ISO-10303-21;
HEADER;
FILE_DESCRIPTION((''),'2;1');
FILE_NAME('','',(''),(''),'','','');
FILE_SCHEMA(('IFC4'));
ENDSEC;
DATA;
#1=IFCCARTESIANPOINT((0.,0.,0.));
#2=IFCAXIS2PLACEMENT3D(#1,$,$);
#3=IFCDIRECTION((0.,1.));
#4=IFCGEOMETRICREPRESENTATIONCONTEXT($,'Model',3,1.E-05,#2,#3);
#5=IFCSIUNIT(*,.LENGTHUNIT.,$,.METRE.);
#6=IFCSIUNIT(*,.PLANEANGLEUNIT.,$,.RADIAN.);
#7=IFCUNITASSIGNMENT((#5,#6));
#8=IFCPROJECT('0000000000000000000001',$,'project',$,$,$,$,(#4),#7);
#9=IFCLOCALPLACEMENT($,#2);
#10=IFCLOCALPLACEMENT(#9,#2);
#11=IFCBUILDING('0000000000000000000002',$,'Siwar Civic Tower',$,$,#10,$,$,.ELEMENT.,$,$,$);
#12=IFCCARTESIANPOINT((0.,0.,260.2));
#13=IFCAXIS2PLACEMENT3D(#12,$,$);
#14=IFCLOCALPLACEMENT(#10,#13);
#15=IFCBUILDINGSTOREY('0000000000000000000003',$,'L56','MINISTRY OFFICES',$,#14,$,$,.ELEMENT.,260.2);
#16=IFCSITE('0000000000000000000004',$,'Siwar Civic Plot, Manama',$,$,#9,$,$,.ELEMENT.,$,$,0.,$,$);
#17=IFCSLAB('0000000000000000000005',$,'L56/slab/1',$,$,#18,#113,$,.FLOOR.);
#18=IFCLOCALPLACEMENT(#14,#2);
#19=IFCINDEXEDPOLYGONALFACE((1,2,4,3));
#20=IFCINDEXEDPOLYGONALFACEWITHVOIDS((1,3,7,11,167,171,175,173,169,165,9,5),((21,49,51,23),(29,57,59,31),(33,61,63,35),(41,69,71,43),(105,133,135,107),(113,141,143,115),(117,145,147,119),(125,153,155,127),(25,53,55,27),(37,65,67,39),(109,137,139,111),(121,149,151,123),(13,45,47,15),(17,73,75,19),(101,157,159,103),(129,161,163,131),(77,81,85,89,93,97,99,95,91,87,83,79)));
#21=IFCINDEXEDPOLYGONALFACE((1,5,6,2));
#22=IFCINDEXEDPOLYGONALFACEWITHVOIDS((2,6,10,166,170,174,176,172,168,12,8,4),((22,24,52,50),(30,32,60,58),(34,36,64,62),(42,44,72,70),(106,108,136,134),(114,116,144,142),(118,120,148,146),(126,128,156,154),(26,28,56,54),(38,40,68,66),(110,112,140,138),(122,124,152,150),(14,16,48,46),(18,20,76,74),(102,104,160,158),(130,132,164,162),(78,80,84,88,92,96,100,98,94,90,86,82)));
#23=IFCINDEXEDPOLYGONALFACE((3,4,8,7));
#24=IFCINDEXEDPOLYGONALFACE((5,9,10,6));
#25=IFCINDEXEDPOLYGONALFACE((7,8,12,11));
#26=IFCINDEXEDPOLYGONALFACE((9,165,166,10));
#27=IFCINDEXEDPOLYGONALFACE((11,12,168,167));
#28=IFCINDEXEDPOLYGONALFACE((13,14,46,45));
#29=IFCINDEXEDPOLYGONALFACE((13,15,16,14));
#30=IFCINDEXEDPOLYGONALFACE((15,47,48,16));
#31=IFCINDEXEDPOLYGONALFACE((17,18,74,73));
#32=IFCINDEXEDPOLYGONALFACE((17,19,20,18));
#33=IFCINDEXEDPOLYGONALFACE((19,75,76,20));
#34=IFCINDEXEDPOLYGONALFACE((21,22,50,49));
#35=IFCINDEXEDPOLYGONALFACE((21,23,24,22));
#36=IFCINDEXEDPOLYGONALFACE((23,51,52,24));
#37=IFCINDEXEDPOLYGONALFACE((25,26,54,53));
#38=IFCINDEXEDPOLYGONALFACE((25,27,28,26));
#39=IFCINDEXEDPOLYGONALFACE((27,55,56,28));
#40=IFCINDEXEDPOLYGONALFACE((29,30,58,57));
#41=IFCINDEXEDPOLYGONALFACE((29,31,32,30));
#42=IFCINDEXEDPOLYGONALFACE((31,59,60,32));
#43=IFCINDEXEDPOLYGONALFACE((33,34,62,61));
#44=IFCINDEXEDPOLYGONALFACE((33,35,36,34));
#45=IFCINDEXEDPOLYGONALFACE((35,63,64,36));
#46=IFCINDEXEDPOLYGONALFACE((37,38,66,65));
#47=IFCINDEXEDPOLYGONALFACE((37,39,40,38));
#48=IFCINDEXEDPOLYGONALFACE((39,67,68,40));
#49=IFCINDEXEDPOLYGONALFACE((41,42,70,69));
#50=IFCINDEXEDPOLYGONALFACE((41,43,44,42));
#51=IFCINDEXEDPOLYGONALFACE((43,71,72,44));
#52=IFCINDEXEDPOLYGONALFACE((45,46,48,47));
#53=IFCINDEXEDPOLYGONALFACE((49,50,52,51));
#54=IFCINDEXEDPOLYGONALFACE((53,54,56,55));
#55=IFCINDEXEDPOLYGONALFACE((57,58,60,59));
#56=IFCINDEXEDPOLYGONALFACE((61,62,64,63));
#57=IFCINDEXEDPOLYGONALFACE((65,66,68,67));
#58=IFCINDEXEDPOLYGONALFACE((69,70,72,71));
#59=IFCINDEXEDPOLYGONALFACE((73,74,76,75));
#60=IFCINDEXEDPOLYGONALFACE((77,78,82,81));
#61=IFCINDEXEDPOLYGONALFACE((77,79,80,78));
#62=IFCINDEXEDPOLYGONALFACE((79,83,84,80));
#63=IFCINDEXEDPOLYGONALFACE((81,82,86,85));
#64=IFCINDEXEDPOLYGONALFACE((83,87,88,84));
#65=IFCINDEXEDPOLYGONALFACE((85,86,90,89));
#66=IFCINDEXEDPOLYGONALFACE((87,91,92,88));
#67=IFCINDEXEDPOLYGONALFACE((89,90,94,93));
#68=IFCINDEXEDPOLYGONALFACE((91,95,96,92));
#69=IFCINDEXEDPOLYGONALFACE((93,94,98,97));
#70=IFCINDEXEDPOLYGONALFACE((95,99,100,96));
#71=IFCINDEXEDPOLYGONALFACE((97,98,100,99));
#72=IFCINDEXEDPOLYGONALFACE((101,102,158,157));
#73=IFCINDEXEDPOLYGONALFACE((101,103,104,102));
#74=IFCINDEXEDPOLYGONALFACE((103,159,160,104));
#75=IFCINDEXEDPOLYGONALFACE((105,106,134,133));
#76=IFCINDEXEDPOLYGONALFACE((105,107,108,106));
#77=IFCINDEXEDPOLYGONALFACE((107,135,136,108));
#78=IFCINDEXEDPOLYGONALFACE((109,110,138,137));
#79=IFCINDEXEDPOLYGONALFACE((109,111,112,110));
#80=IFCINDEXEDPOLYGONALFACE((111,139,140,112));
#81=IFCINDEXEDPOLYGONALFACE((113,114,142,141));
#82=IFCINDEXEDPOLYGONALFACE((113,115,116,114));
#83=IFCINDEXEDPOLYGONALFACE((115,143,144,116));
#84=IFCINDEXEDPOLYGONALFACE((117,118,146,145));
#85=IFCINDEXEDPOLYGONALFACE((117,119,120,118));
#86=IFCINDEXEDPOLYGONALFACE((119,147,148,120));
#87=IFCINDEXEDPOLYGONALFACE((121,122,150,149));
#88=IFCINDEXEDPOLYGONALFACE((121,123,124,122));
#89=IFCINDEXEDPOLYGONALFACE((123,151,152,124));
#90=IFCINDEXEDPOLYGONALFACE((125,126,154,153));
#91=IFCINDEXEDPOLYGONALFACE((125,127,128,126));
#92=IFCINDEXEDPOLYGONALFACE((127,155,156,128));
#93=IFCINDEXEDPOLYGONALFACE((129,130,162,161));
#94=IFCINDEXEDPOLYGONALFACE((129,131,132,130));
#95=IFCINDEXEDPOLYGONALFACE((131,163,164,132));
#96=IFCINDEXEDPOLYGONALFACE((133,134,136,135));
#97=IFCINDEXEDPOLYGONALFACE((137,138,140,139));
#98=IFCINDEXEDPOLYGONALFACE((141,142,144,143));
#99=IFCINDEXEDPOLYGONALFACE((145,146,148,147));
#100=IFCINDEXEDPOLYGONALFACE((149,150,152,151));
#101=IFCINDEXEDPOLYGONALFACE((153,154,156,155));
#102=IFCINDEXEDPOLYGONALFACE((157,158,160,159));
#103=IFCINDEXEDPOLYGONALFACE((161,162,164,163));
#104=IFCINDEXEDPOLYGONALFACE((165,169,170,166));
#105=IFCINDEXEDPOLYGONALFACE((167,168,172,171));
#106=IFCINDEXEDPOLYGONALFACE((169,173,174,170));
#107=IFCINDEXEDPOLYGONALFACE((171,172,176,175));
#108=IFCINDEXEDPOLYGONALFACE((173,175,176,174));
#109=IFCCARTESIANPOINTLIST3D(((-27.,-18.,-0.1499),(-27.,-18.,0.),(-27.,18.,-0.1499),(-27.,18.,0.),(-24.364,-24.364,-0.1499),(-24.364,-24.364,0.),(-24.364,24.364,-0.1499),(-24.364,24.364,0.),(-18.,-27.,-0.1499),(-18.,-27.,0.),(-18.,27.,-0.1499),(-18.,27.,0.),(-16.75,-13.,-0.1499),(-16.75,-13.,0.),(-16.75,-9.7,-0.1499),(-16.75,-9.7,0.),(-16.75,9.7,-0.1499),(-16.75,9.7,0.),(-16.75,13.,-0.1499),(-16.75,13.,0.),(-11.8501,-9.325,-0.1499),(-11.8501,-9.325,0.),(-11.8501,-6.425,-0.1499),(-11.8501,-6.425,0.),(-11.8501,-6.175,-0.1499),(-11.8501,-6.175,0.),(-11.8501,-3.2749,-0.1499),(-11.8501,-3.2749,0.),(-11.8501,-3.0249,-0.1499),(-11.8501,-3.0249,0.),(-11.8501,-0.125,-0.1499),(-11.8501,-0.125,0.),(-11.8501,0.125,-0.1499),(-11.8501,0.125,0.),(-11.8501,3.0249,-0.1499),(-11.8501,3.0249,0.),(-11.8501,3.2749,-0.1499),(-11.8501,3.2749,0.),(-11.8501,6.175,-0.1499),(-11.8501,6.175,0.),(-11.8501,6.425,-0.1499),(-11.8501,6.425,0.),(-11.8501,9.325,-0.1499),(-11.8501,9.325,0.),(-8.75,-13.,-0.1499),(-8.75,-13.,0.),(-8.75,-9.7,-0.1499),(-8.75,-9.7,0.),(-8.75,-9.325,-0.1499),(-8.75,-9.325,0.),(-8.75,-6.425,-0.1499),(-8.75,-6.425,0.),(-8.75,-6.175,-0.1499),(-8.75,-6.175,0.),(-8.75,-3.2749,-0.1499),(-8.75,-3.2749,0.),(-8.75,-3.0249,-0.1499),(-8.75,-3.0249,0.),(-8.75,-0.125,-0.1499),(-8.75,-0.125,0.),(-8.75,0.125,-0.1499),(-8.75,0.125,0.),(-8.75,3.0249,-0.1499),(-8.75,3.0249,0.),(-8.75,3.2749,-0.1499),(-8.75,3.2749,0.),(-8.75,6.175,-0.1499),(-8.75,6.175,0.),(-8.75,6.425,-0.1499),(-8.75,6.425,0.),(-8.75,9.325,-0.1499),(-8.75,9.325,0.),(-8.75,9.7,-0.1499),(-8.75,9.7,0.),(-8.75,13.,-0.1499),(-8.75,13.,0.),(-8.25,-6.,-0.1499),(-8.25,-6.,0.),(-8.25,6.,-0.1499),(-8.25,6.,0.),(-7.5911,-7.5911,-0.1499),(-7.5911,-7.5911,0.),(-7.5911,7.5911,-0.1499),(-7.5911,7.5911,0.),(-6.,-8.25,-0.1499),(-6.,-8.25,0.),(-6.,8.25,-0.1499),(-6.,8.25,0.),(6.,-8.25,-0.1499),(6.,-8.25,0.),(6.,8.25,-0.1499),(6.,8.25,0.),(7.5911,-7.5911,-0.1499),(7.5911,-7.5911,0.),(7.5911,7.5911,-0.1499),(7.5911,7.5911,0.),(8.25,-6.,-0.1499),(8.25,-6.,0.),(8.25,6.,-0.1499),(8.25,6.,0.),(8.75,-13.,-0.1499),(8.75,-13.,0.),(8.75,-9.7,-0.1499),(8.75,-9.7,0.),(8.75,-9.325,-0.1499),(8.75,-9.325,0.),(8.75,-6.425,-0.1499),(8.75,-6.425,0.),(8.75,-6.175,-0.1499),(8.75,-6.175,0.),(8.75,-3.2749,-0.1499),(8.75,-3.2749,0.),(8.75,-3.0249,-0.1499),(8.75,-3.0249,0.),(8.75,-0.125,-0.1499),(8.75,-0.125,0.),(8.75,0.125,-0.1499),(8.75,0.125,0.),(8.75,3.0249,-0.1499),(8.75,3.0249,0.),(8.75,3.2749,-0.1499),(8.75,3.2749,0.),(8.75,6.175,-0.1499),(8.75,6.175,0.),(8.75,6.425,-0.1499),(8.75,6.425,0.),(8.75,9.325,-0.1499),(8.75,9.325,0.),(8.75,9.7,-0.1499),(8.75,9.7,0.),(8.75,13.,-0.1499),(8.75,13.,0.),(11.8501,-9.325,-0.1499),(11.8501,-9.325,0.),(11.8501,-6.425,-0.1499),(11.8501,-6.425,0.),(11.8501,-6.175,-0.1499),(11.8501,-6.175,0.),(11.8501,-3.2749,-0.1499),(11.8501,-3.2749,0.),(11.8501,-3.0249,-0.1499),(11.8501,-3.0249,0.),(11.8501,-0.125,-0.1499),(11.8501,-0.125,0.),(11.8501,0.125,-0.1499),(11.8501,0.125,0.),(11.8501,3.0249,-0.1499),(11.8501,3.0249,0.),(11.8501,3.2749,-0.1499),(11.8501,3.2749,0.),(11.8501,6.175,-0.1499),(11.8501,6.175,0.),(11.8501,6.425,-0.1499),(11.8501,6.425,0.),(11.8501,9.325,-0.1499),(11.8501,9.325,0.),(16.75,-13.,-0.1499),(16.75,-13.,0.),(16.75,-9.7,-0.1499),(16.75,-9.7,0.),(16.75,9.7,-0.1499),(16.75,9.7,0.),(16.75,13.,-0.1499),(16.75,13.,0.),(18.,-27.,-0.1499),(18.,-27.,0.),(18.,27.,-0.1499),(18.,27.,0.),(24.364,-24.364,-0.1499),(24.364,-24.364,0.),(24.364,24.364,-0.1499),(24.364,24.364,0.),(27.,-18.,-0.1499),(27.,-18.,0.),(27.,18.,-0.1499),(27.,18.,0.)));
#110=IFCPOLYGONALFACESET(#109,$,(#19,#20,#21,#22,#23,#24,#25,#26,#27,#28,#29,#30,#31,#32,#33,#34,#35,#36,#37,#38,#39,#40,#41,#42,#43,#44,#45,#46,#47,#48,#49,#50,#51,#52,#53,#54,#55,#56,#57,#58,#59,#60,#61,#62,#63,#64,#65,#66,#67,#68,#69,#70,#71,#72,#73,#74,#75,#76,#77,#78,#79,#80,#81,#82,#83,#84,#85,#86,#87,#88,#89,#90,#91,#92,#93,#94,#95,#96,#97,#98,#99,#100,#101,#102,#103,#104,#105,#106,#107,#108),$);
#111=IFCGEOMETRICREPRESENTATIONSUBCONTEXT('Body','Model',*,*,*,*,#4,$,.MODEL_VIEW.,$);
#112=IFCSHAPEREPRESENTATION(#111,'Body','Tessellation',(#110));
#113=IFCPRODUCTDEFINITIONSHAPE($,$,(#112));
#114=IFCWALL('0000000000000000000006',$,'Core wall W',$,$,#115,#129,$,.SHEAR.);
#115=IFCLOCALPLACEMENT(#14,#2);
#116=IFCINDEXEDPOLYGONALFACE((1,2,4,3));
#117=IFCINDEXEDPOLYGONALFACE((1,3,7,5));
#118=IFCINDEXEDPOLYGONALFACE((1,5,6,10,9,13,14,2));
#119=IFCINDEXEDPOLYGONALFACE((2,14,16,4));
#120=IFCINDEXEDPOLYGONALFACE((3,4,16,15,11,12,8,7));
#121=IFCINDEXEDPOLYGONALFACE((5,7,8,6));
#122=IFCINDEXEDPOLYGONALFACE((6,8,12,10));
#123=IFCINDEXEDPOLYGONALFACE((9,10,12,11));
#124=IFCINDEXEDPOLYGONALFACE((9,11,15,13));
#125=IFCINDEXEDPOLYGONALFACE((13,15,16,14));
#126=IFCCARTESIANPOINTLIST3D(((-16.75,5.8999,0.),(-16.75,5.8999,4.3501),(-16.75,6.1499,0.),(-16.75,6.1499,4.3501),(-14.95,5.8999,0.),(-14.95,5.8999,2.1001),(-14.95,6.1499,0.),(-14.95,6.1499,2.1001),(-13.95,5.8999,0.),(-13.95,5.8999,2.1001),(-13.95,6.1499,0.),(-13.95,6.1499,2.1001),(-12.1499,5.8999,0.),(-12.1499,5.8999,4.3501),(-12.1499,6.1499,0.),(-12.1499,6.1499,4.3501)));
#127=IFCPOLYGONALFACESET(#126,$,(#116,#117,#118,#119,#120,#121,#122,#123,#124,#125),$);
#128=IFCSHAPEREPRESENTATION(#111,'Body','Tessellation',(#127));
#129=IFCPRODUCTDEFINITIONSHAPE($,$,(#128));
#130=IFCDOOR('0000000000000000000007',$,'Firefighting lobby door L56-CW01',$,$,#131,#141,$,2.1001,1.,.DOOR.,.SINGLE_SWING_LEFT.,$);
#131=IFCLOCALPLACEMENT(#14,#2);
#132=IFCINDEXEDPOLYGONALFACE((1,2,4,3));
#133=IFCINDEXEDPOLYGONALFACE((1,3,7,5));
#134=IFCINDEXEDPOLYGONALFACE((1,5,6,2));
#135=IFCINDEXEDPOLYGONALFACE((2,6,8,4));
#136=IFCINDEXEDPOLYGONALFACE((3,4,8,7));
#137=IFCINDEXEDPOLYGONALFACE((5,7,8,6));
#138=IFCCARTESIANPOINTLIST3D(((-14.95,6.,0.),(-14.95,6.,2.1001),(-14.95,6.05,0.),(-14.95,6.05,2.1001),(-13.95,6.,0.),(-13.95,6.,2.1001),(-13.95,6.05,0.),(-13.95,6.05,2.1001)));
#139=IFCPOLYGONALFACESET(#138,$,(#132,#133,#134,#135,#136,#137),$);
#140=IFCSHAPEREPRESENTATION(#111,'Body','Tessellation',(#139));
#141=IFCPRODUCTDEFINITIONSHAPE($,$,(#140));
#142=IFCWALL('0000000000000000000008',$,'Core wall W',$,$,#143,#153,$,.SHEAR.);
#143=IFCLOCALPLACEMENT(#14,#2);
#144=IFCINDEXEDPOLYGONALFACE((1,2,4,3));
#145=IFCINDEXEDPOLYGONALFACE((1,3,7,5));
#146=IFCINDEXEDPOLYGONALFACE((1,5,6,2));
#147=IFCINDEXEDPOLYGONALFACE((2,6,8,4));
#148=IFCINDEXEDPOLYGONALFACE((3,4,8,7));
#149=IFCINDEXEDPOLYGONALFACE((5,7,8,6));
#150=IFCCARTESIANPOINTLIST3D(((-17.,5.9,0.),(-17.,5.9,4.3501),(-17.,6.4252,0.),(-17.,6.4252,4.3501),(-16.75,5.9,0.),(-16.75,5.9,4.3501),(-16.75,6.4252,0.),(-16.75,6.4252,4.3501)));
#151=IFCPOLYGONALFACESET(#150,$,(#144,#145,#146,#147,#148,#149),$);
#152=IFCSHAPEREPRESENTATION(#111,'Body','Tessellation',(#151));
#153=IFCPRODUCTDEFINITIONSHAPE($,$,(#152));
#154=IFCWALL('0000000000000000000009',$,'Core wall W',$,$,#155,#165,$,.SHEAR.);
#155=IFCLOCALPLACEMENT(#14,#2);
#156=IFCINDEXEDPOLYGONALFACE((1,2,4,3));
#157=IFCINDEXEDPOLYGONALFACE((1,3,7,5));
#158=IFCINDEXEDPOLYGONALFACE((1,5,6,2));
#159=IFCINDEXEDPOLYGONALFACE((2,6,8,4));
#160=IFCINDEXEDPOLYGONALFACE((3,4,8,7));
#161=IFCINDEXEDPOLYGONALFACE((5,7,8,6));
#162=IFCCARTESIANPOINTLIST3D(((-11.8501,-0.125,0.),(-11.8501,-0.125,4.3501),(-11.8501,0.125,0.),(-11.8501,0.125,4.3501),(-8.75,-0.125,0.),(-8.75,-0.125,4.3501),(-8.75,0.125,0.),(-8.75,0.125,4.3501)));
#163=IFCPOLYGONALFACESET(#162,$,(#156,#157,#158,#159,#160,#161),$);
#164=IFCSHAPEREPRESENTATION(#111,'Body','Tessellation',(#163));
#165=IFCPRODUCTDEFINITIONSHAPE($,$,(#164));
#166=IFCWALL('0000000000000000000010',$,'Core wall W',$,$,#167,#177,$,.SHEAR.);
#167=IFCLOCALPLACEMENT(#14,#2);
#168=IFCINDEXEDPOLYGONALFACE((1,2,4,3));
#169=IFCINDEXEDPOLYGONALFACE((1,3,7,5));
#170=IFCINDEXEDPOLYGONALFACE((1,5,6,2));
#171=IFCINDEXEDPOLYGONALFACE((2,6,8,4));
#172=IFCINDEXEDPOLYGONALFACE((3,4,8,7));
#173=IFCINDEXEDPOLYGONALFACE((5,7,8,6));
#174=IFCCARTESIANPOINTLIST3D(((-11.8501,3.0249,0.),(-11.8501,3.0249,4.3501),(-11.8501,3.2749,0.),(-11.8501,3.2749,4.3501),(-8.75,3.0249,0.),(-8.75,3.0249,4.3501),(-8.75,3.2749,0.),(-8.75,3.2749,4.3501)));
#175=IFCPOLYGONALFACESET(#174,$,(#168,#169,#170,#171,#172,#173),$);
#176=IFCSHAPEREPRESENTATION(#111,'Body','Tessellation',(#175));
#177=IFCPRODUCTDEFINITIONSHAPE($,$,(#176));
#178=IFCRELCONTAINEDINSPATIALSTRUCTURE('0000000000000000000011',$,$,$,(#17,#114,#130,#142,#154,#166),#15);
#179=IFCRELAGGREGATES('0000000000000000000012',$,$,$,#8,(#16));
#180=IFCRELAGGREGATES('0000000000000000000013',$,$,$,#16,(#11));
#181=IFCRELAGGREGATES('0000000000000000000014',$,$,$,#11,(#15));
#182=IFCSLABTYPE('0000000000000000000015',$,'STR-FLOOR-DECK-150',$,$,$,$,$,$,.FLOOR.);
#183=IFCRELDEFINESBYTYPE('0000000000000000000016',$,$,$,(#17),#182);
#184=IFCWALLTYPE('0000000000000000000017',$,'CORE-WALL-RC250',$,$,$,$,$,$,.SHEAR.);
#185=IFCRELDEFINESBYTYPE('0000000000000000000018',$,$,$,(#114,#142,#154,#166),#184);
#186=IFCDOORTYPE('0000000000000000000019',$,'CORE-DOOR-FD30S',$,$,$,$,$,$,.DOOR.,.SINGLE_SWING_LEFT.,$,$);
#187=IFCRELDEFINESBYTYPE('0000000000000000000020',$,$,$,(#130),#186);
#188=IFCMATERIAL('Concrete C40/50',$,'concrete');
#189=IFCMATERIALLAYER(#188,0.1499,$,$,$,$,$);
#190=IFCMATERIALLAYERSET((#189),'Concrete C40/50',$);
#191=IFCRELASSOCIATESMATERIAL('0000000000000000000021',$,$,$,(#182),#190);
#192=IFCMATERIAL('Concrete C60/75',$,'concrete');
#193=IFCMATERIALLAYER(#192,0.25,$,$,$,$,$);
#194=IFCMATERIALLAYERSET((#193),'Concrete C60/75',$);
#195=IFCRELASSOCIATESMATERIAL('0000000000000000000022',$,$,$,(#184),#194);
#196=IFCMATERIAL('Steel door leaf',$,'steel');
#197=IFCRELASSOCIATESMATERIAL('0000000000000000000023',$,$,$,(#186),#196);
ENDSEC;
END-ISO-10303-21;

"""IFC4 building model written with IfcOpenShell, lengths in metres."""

from ifc_helpers import new_model, si_unit, direction, frame, frame_2d, origin, place, context, subcontext, project, spatial, polyline, rectangle, outline, extrude, material, layer, layer_set, type_object, element, fill, save


model = new_model("IFC4")

# Units and contexts
model_context = context("Model", 3, precision=1e-05, world=origin(), true_north=direction((0.0, 1.0)))
body_context = subcontext(model_context, "Body", "Model", "MODEL_VIEW")
ifc_project = project(units=[si_unit("LENGTHUNIT", "METRE"), si_unit("PLANEANGLEUNIT", "RADIAN")], contexts=[model_context])

# Site, building, storey
site_placement = place(None, origin())
site = spatial("IfcSite", under=ifc_project, at=site_placement, Name="Siwar Civic Plot, Manama", CompositionType="ELEMENT", RefElevation=0.0)
building_placement = place(site_placement, origin())
building = spatial("IfcBuilding", under=site, at=building_placement, Name="Siwar Civic Tower", CompositionType="ELEMENT")
storey_placement = place(building_placement, frame((0.0, 0.0, 260.2)))
storey = spatial("IfcBuildingStorey", under=building, at=storey_placement, Name="L56", Description="MINISTRY OFFICES", CompositionType="ELEMENT", Elevation=260.2)

# Slab
ifc_material_1 = material(Name="Concrete C40/50", Category="concrete")
ifc_layer_1 = layer(ifc_material_1, 0.1499)
ifc_layer_set_1 = layer_set([ifc_layer_1], Name="Concrete C40/50")
slab_type_1 = type_object("IfcSlabType", Name="STR-FLOOR-DECK-150", PredefinedType="FLOOR", material=ifc_layer_set_1)
slab_1_placement = place(storey_placement, frame((0.0, 0.0, -0.1499)))
element("IfcSlab", 1, at=slab_1_placement, inside=storey, type_object=slab_type_1, Name="L56/slab/1", PredefinedType="FLOOR", context=body_context, shape_type="SweptSolid", body=[
    extrude(outline(polyline([(-18.0, -27.0), (18.0, -27.0), (24.364, -24.364), (27.0, -18.0), (27.0, 18.0), (24.364, 24.364), (18.0, 27.0), (-18.0, 27.0), (-24.364, 24.364), (-27.0, 18.0), (-27.0, -18.0), (-24.364, -24.364), (-18.0, -27.0)]), holes=[polyline([(16.75, 13.0), (16.75, 9.7), (8.75, 9.7), (8.75, 13.0), (16.75, 13.0)]), polyline([(8.75, -9.7), (16.75, -9.7), (16.75, -13.0), (8.75, -13.0), (8.75, -9.7)]), polyline([(11.8501, 9.325), (11.8501, 6.425), (8.75, 6.425), (8.75, 9.325), (11.8501, 9.325)]), polyline([(8.75, 6.175), (11.8501, 6.175), (11.8501, 3.2749), (8.75, 3.2749), (8.75, 6.175)]), polyline([(8.75, 3.0249), (11.8501, 3.0249), (11.8501, 0.125), (8.75, 0.125), (8.75, 3.0249)]), polyline([(8.75, -0.125), (11.8501, -0.125), (11.8501, -3.0249), (8.75, -3.0249), (8.75, -0.125)]), polyline([(8.75, -3.2749), (11.8501, -3.2749), (11.8501, -6.175), (8.75, -6.175), (8.75, -3.2749)]), polyline([(8.75, -6.425), (11.8501, -6.425), (11.8501, -9.325), (8.75, -9.325), (8.75, -6.425)]), polyline([(-6.0, 8.25), (6.0, 8.25), (7.5911, 7.5911), (8.25, 6.0), (8.25, -6.0), (7.5911, -7.5911), (6.0, -8.25), (-6.0, -8.25), (-7.5911, -7.5911), (-8.25, -6.0), (-8.25, 6.0), (-7.5911, 7.5911), (-6.0, 8.25)]), polyline([(-8.75, -13.0), (-16.75, -13.0), (-16.75, -9.7), (-8.75, -9.7), (-8.75, -13.0)]), polyline([(-8.75, 9.7), (-16.75, 9.7), (-16.75, 13.0), (-8.75, 13.0), (-8.75, 9.7)]), polyline([(-8.75, 6.425), (-11.8501, 6.425), (-11.8501, 9.325), (-8.75, 9.325), (-8.75, 6.425)]), polyline([(-8.75, 3.2749), (-11.8501, 3.2749), (-11.8501, 6.175), (-8.75, 6.175), (-8.75, 3.2749)]), polyline([(-8.75, 0.125), (-11.8501, 0.125), (-11.8501, 3.0249), (-8.75, 3.0249), (-8.75, 0.125)]), polyline([(-8.75, -3.0249), (-11.8501, -3.0249), (-11.8501, -0.125), (-8.75, -0.125), (-8.75, -3.0249)]), polyline([(-8.75, -6.175), (-11.8501, -6.175), (-11.8501, -3.2749), (-8.75, -3.2749), (-8.75, -6.175)]), polyline([(-8.75, -9.325), (-11.8501, -9.325), (-11.8501, -6.425), (-8.75, -6.425), (-8.75, -9.325)])]), origin(), (0.0, 0.0, 1.0), 0.1499),
])

# Wall, opening, door
ifc_material_2 = material(Name="Concrete C60/75", Category="concrete")
ifc_layer_2 = layer(ifc_material_2, 0.25)
ifc_layer_set_2 = layer_set([ifc_layer_2], Name="Concrete C60/75")
wall_type_1 = type_object("IfcWallType", Name="CORE-WALL-RC250", PredefinedType="SHEAR", material=ifc_layer_set_2)
wall_1_placement = place(storey_placement, frame((-12.1499, 6.0249, 0.0), z_axis=(0.0, 0.0, 1.0), x_axis=(-1.0, 0.0, 0.0)))
wall_1 = element("IfcWall", 2, at=wall_1_placement, inside=storey, type_object=wall_type_1, Name="Core wall W", PredefinedType="SHEAR", context=body_context, shape_type="SweptSolid", body=[
    extrude(rectangle(XDim=4.6001, YDim=0.25, at=frame_2d((2.3, 0.0))), origin(), (0.0, 0.0, 1.0), 4.3501),
])
opening_placement = place(wall_1_placement, frame((1.8, 0.0, 0.0)))
opening = element("IfcOpeningElement", 3, at=opening_placement, cuts=wall_1, PredefinedType="OPENING", context=body_context, shape_type="SweptSolid", body=[
    extrude(rectangle(XDim=1.0, YDim=2.1001, at=frame_2d((0.5, 1.05))), frame((0.0, 0.135, 0.0), z_axis=(0.0, -1.0, 0.0), x_axis=(1.0, 0.0, 0.0)), (0.0, 0.0, 1.0), 0.27),
])
ifc_material_3 = material(Name="Steel door leaf", Category="steel")
door_type = type_object("IfcDoorType", Name="CORE-DOOR-FD30S", OperationType="SINGLE_SWING_LEFT", PredefinedType="DOOR", material=ifc_material_3)
door_placement = place(opening_placement, origin())
door = element("IfcDoor", 4, at=door_placement, inside=storey, type_object=door_type, Name="Firefighting lobby door L56-CW01", OperationType="SINGLE_SWING_LEFT", OverallHeight=2.1001, OverallWidth=1.0, PredefinedType="DOOR", context=body_context, shape_type="SweptSolid", body=[
    extrude(rectangle(XDim=1.0, YDim=2.1001, at=frame_2d((0.5, 1.05))), frame((0.0, 0.0249, 0.0), z_axis=(0.0, -1.0, 0.0), x_axis=(1.0, 0.0, 0.0)), (0.0, 0.0, 1.0), 0.05),
])
fill(opening, door)

# Walls
wall_2_placement = place(storey_placement, frame((-16.875, 5.8999, 0.0), z_axis=(0.0, 0.0, 1.0), x_axis=(0.0, 1.0, 0.0)))
element("IfcWall", 5, at=wall_2_placement, inside=storey, type_object=wall_type_1, Name="Core wall W", PredefinedType="SHEAR", context=body_context, shape_type="SweptSolid", body=[
    extrude(rectangle(XDim=0.5251, YDim=0.25, at=frame_2d((0.2627, 0.0))), origin(), (0.0, 0.0, 1.0), 4.3501),
])
for number, where, z_axis, x_axis, name in (
    (6, (-8.75, 0.0, 0.0), (0.0, 0.0, 1.0), (-1.0, 0.0, 0.0), "Core wall W"),
    (7, (-8.75, 3.1499, 0.0), (0.0, 0.0, 1.0), (-1.0, 0.0, 0.0), "Core wall W"),
):
    element("IfcWall", number, at=place(storey_placement, frame(where, z_axis=z_axis, x_axis=x_axis)), inside=storey, type_object=wall_type_1, Name=name, PredefinedType="SHEAR", context=body_context, shape_type="SweptSolid", body=[
        extrude(rectangle(XDim=3.1001, YDim=0.25, at=frame_2d((1.55, 0.0))), origin(), (0.0, 0.0, 1.0), 4.3501),
    ])

save(model, "model.ifc")
